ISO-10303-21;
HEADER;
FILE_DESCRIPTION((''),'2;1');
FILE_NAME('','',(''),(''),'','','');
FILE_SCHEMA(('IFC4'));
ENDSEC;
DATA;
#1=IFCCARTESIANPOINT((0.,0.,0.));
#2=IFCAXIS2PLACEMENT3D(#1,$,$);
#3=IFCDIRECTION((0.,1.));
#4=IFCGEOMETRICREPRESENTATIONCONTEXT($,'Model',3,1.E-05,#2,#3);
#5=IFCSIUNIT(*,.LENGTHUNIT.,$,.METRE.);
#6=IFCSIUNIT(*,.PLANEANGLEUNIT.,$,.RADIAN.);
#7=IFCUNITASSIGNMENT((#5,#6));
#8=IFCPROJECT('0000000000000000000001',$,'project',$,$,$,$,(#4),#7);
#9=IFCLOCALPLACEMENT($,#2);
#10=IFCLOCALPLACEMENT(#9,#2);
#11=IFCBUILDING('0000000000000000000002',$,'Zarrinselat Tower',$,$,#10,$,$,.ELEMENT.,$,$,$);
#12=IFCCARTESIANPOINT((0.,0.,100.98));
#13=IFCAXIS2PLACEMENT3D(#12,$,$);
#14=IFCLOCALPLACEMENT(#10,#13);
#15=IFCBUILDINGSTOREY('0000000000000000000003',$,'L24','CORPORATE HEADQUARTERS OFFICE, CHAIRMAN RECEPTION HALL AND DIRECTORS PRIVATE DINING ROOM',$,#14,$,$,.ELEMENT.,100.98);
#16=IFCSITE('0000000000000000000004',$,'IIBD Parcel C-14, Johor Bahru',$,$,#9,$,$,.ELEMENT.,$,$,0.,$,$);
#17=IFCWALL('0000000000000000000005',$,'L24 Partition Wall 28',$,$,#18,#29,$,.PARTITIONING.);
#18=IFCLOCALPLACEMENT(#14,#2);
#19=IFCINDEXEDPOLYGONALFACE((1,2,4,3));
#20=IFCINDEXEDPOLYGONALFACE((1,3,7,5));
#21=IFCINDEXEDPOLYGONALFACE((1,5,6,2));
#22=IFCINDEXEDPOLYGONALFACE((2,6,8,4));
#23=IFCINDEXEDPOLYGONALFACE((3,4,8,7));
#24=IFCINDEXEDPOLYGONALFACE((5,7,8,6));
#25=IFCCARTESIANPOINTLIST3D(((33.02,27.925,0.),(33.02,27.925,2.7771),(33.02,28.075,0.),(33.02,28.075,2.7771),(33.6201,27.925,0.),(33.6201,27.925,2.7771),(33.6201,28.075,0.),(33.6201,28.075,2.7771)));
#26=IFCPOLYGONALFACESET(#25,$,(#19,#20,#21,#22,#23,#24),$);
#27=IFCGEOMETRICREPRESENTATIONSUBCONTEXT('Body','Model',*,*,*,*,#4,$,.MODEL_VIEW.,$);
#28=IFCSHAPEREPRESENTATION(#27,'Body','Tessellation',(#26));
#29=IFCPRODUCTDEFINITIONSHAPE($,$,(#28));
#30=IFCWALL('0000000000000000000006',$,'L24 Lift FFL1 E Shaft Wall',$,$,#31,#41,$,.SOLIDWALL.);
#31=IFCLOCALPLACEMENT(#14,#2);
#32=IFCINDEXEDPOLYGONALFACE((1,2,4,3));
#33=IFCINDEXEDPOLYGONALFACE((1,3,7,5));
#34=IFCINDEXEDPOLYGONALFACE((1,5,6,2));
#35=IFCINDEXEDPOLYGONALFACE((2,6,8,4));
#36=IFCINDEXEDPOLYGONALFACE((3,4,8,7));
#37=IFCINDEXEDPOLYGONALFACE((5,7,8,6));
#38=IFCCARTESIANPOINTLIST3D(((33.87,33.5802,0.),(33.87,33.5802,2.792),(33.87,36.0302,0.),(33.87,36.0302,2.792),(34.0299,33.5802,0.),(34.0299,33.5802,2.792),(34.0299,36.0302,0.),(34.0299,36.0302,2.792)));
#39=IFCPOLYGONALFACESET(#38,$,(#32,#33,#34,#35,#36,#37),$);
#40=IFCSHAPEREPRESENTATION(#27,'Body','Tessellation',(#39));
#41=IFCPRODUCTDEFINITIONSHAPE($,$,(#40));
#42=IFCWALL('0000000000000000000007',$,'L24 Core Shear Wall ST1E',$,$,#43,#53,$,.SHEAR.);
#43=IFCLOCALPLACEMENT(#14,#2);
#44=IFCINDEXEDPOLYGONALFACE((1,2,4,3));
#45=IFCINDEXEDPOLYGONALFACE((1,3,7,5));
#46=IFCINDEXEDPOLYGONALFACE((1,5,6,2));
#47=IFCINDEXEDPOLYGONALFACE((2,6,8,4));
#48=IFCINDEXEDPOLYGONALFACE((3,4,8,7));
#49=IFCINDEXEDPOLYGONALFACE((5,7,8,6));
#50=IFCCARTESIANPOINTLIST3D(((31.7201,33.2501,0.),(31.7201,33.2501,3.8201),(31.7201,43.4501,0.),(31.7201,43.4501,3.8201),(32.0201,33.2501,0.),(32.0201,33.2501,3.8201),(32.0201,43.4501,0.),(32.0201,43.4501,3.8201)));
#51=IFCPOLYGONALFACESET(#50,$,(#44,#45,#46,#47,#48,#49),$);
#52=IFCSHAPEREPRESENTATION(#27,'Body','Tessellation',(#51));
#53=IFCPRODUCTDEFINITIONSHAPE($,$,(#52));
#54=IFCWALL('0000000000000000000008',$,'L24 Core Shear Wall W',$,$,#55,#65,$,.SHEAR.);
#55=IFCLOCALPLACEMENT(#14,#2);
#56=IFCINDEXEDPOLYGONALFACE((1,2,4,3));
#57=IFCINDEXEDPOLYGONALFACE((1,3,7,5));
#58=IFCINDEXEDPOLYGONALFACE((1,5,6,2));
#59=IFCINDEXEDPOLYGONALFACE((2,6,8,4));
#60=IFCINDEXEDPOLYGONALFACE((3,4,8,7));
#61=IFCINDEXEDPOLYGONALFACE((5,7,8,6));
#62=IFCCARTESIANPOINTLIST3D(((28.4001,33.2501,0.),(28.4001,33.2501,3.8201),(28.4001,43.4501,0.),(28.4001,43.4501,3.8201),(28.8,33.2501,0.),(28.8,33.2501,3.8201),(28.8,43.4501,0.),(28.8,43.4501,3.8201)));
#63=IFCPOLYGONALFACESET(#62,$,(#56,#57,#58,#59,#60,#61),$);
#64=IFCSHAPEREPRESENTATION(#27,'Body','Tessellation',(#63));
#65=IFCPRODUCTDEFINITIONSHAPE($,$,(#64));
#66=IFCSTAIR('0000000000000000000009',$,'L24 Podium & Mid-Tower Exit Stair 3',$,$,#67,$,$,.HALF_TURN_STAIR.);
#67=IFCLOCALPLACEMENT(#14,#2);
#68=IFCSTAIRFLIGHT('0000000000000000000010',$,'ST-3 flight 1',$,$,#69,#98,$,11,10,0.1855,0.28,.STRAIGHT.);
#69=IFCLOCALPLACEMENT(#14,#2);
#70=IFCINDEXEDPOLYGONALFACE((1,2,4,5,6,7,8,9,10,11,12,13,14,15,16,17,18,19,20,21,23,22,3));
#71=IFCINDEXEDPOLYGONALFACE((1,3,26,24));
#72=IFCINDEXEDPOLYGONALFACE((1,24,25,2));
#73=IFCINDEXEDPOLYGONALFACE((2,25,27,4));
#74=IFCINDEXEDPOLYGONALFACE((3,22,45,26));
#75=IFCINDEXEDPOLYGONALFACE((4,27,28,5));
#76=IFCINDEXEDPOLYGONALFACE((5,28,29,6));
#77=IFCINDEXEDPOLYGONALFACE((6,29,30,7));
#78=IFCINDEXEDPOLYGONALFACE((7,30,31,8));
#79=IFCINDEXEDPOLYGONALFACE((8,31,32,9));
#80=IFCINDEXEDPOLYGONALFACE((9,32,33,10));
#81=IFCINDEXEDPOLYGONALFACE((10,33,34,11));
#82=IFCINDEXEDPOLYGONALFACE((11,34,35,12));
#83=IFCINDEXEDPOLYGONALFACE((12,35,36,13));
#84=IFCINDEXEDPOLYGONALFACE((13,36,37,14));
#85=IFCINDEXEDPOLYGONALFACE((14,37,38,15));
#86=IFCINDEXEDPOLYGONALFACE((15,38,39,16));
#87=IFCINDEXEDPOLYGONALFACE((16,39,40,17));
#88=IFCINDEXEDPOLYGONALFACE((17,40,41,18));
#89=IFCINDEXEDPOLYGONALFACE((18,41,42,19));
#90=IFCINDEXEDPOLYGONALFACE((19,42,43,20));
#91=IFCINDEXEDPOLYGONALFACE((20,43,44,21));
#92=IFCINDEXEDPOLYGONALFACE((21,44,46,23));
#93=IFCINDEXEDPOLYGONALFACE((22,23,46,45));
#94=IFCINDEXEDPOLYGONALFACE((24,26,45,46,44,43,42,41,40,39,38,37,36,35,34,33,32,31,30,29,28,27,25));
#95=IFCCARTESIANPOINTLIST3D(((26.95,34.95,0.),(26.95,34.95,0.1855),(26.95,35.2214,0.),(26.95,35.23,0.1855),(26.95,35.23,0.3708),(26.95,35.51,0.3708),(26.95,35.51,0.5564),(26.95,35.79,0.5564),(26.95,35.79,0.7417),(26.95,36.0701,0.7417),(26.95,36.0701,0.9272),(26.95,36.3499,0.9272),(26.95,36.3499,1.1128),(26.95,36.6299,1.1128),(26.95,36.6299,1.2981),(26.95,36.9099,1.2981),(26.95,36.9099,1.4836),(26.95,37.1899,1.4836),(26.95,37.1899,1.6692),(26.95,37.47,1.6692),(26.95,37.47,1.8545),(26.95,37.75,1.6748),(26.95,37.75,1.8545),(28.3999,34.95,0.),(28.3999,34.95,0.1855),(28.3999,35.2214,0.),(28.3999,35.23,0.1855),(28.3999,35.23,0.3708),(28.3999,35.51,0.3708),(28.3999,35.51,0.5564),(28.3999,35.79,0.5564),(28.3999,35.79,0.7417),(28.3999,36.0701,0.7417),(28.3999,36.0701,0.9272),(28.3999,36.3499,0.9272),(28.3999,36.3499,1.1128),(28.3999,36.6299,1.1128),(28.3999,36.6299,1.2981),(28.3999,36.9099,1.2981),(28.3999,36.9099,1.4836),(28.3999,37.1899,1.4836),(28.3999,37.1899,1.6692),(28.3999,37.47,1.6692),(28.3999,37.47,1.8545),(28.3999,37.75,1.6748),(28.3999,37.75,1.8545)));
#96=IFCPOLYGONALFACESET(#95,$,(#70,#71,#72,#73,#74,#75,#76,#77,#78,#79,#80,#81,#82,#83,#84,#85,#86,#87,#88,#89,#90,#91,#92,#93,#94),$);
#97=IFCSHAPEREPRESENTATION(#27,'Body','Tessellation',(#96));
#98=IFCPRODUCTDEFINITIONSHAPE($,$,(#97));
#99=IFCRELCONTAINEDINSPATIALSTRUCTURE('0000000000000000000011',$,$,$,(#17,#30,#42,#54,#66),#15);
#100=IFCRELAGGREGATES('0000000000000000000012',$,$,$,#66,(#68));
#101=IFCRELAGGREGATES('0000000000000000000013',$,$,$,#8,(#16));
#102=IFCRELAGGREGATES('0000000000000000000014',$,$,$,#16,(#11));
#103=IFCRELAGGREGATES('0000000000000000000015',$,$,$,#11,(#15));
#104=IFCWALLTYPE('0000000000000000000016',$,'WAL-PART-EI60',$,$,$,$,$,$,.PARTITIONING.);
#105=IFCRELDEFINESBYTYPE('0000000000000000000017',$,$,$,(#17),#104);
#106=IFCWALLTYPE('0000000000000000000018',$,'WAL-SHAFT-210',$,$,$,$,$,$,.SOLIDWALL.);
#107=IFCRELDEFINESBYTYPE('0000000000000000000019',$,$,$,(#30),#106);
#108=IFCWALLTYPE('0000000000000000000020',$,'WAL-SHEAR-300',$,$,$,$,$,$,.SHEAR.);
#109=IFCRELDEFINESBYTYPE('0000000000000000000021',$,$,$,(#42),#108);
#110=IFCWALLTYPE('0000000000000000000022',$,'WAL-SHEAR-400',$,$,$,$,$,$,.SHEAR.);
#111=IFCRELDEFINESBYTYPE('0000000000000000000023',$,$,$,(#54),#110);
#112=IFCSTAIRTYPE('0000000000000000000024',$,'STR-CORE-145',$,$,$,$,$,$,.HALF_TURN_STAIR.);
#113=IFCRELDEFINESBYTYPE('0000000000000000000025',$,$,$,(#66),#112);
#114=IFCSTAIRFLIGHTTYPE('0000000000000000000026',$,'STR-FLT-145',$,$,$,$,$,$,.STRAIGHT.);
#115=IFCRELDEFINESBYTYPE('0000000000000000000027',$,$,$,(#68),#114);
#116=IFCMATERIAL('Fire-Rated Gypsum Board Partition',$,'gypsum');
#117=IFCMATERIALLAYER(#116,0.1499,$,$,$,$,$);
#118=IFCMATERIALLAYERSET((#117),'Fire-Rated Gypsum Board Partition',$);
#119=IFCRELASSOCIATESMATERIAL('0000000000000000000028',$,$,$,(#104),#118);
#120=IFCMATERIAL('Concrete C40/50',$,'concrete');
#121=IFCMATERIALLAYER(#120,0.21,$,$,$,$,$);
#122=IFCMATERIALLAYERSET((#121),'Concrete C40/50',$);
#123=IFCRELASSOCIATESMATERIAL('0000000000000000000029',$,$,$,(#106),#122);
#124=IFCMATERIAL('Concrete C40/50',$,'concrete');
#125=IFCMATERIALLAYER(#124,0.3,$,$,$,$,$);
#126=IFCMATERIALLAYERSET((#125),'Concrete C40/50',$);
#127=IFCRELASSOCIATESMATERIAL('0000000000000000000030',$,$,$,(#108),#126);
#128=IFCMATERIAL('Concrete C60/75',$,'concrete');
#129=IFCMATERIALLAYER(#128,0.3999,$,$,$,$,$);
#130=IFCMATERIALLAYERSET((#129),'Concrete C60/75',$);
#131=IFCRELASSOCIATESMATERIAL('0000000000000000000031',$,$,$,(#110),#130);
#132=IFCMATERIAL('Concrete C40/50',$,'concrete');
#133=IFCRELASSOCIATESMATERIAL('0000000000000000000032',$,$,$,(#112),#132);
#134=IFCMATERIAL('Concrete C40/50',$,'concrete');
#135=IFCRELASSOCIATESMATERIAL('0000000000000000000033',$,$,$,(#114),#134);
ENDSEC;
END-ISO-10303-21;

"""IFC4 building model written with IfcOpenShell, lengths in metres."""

from ifc_helpers import new_model, si_unit, direction, frame, frame_2d, origin, place, context, subcontext, project, spatial, polyline, rectangle, outline, extrude, material, layer, layer_set, type_object, element, aggregate, save


model = new_model("IFC4")

# Units and contexts
model_context = context("Model", 3, precision=1e-05, world=origin(), true_north=direction((0.0, 1.0)))
body_context = subcontext(model_context, "Body", "Model", "MODEL_VIEW")
ifc_project = project(units=[si_unit("LENGTHUNIT", "METRE"), si_unit("PLANEANGLEUNIT", "RADIAN")], contexts=[model_context])

# Site, building, storey
site_placement = place(None, origin())
site = spatial("IfcSite", under=ifc_project, at=site_placement, Name="IIBD Parcel C-14, Johor Bahru", CompositionType="ELEMENT", RefElevation=0.0)
building_placement = place(site_placement, origin())
building = spatial("IfcBuilding", under=site, at=building_placement, Name="Zarrinselat Tower", CompositionType="ELEMENT")
storey_placement = place(building_placement, frame((0.0, 0.0, 100.98)))
storey = spatial("IfcBuildingStorey", under=building, at=storey_placement, Name="L24", Description="CORPORATE HEADQUARTERS OFFICE, CHAIRMAN RECEPTION HALL AND DIRECTORS PRIVATE DINING ROOM", CompositionType="ELEMENT", Elevation=100.98)

# Shared definitions
ifc_material_1 = material(Name="Fire-Rated Gypsum Board Partition", Category="gypsum")
ifc_layer_1 = layer(ifc_material_1, 0.1499)
ifc_layer_set_1 = layer_set([ifc_layer_1], Name="Fire-Rated Gypsum Board Partition")
wall_type_1 = type_object("IfcWallType", Name="WAL-PART-EI60", PredefinedType="PARTITIONING", material=ifc_layer_set_1)

# Walls
wall_1_placement = place(storey_placement, frame((33.02, 28.0, 0.0), z_axis=(0.0, 0.0, 1.0), x_axis=(1.0, 0.0, 0.0)))
element("IfcWall", 1, at=wall_1_placement, inside=storey, type_object=wall_type_1, Name="L24 Partition Wall 28", PredefinedType="PARTITIONING", context=body_context, shape_type="SweptSolid", body=[
    extrude(rectangle(XDim=0.6001, YDim=0.1499, at=frame_2d((0.3, 0.0))), origin(), (0.0, 0.0, 1.0), 2.7771),
])
ifc_material_2 = material(Name="Concrete C40/50", Category="concrete")
ifc_layer_2 = layer(ifc_material_2, 0.21)
ifc_layer_set_2 = layer_set([ifc_layer_2], Name="Concrete C40/50")
wall_type_2 = type_object("IfcWallType", Name="WAL-SHAFT-210", PredefinedType="SOLIDWALL", material=ifc_layer_set_2)
wall_2_placement = place(storey_placement, frame((33.95, 33.5801, 0.0), z_axis=(0.0, 0.0, 1.0), x_axis=(0.0, 1.0, 0.0)))
element("IfcWall", 2, at=wall_2_placement, inside=storey, type_object=wall_type_2, Name="L24 Lift FFL1 E Shaft Wall", PredefinedType="SOLIDWALL", context=body_context, shape_type="SweptSolid", body=[
    extrude(rectangle(XDim=2.45, YDim=0.1599, at=frame_2d((1.2251, 0.0))), origin(), (0.0, 0.0, 1.0), 2.792),
])
ifc_material_3 = material(Name="Concrete C40/50", Category="concrete")
ifc_layer_3 = layer(ifc_material_3, 0.3)
ifc_layer_set_3 = layer_set([ifc_layer_3], Name="Concrete C40/50")
wall_type_3 = type_object("IfcWallType", Name="WAL-SHEAR-300", PredefinedType="SHEAR", material=ifc_layer_set_3)
wall_3_placement = place(storey_placement, frame((31.8701, 33.25, 0.0), z_axis=(0.0, 0.0, 1.0), x_axis=(0.0, 1.0, 0.0)))
element("IfcWall", 3, at=wall_3_placement, inside=storey, type_object=wall_type_3, Name="L24 Core Shear Wall ST1E", PredefinedType="SHEAR", context=body_context, shape_type="SweptSolid", body=[
    extrude(rectangle(XDim=10.2, YDim=0.3, at=frame_2d((5.1001, 0.0))), origin(), (0.0, 0.0, 1.0), 3.8201),
])

# Shared definitions
ifc_material_4 = material(Name="Concrete C60/75", Category="concrete")
ifc_layer_4 = layer(ifc_material_4, 0.3999)
ifc_layer_set_4 = layer_set([ifc_layer_4], Name="Concrete C60/75")
wall_type_4 = type_object("IfcWallType", Name="WAL-SHEAR-400", PredefinedType="SHEAR", material=ifc_layer_set_4)

# Wall
wall_4_placement = place(storey_placement, frame((28.6001, 33.25, 0.0), z_axis=(0.0, 0.0, 1.0), x_axis=(0.0, 1.0, 0.0)))
element("IfcWall", 4, at=wall_4_placement, inside=storey, type_object=wall_type_4, Name="L24 Core Shear Wall W", PredefinedType="SHEAR", context=body_context, shape_type="SweptSolid", body=[
    extrude(rectangle(XDim=10.2, YDim=0.3999, at=frame_2d((5.1001, 0.0))), origin(), (0.0, 0.0, 1.0), 3.8201),
])

# Stair, stair flight
ifc_material_5 = material(Name="Concrete C40/50", Category="concrete")
stair_type = type_object("IfcStairType", Name="STR-CORE-145", PredefinedType="HALF_TURN_STAIR", material=ifc_material_5)
stair_placement = place(storey_placement, origin())
stair = element("IfcStair", 5, at=stair_placement, inside=storey, type_object=stair_type, Name="L24 Podium & Mid-Tower Exit Stair 3", PredefinedType="HALF_TURN_STAIR")
ifc_material_6 = material(Name="Concrete C40/50", Category="concrete")
stair_flight_type = type_object("IfcStairFlightType", Name="STR-FLT-145", PredefinedType="STRAIGHT", material=ifc_material_6)
stair_flight_placement = place(storey_placement, frame((27.675, 34.95, 0.0), z_axis=(0.0, 0.0, 1.0), x_axis=(0.0, 1.0, 0.0)))
stair_flight = element("IfcStairFlight", 6, at=stair_flight_placement, type_object=stair_flight_type, Name="ST-3 flight 1", NumberOfRisers=11, NumberOfTreads=10, PredefinedType="STRAIGHT", RiserHeight=0.1855, TreadLength=0.28, context=body_context, shape_type="SweptSolid", body=[
    extrude(outline(polyline([(0.0, 0.0), (0.0, 0.1855), (0.28, 0.1855), (0.28, 0.3708), (0.5601, 0.3708), (0.5601, 0.5564), (0.8401, 0.5564), (0.8401, 0.7417), (1.1201, 0.7417), (1.1201, 0.9272), (1.3999, 0.9272), (1.3999, 1.1128), (1.6799, 1.1128), (1.6799, 1.2981), (1.96, 1.2981), (1.96, 1.4836), (2.24, 1.4836), (2.24, 1.6692), (2.52, 1.6692), (2.52, 1.8545), (2.8, 1.8545), (2.8, 2.04), (2.8, 1.6748), (0.2715, 0.0), (0.0, 0.0)])), frame((0.0, 0.7251, 0.0), z_axis=(0.0, -1.0, 0.0), x_axis=(1.0, 0.0, 0.0)), (0.0, 0.0, 1.0), 1.45),
])
aggregate(stair, [stair_flight])

save(model, "model.ifc")
